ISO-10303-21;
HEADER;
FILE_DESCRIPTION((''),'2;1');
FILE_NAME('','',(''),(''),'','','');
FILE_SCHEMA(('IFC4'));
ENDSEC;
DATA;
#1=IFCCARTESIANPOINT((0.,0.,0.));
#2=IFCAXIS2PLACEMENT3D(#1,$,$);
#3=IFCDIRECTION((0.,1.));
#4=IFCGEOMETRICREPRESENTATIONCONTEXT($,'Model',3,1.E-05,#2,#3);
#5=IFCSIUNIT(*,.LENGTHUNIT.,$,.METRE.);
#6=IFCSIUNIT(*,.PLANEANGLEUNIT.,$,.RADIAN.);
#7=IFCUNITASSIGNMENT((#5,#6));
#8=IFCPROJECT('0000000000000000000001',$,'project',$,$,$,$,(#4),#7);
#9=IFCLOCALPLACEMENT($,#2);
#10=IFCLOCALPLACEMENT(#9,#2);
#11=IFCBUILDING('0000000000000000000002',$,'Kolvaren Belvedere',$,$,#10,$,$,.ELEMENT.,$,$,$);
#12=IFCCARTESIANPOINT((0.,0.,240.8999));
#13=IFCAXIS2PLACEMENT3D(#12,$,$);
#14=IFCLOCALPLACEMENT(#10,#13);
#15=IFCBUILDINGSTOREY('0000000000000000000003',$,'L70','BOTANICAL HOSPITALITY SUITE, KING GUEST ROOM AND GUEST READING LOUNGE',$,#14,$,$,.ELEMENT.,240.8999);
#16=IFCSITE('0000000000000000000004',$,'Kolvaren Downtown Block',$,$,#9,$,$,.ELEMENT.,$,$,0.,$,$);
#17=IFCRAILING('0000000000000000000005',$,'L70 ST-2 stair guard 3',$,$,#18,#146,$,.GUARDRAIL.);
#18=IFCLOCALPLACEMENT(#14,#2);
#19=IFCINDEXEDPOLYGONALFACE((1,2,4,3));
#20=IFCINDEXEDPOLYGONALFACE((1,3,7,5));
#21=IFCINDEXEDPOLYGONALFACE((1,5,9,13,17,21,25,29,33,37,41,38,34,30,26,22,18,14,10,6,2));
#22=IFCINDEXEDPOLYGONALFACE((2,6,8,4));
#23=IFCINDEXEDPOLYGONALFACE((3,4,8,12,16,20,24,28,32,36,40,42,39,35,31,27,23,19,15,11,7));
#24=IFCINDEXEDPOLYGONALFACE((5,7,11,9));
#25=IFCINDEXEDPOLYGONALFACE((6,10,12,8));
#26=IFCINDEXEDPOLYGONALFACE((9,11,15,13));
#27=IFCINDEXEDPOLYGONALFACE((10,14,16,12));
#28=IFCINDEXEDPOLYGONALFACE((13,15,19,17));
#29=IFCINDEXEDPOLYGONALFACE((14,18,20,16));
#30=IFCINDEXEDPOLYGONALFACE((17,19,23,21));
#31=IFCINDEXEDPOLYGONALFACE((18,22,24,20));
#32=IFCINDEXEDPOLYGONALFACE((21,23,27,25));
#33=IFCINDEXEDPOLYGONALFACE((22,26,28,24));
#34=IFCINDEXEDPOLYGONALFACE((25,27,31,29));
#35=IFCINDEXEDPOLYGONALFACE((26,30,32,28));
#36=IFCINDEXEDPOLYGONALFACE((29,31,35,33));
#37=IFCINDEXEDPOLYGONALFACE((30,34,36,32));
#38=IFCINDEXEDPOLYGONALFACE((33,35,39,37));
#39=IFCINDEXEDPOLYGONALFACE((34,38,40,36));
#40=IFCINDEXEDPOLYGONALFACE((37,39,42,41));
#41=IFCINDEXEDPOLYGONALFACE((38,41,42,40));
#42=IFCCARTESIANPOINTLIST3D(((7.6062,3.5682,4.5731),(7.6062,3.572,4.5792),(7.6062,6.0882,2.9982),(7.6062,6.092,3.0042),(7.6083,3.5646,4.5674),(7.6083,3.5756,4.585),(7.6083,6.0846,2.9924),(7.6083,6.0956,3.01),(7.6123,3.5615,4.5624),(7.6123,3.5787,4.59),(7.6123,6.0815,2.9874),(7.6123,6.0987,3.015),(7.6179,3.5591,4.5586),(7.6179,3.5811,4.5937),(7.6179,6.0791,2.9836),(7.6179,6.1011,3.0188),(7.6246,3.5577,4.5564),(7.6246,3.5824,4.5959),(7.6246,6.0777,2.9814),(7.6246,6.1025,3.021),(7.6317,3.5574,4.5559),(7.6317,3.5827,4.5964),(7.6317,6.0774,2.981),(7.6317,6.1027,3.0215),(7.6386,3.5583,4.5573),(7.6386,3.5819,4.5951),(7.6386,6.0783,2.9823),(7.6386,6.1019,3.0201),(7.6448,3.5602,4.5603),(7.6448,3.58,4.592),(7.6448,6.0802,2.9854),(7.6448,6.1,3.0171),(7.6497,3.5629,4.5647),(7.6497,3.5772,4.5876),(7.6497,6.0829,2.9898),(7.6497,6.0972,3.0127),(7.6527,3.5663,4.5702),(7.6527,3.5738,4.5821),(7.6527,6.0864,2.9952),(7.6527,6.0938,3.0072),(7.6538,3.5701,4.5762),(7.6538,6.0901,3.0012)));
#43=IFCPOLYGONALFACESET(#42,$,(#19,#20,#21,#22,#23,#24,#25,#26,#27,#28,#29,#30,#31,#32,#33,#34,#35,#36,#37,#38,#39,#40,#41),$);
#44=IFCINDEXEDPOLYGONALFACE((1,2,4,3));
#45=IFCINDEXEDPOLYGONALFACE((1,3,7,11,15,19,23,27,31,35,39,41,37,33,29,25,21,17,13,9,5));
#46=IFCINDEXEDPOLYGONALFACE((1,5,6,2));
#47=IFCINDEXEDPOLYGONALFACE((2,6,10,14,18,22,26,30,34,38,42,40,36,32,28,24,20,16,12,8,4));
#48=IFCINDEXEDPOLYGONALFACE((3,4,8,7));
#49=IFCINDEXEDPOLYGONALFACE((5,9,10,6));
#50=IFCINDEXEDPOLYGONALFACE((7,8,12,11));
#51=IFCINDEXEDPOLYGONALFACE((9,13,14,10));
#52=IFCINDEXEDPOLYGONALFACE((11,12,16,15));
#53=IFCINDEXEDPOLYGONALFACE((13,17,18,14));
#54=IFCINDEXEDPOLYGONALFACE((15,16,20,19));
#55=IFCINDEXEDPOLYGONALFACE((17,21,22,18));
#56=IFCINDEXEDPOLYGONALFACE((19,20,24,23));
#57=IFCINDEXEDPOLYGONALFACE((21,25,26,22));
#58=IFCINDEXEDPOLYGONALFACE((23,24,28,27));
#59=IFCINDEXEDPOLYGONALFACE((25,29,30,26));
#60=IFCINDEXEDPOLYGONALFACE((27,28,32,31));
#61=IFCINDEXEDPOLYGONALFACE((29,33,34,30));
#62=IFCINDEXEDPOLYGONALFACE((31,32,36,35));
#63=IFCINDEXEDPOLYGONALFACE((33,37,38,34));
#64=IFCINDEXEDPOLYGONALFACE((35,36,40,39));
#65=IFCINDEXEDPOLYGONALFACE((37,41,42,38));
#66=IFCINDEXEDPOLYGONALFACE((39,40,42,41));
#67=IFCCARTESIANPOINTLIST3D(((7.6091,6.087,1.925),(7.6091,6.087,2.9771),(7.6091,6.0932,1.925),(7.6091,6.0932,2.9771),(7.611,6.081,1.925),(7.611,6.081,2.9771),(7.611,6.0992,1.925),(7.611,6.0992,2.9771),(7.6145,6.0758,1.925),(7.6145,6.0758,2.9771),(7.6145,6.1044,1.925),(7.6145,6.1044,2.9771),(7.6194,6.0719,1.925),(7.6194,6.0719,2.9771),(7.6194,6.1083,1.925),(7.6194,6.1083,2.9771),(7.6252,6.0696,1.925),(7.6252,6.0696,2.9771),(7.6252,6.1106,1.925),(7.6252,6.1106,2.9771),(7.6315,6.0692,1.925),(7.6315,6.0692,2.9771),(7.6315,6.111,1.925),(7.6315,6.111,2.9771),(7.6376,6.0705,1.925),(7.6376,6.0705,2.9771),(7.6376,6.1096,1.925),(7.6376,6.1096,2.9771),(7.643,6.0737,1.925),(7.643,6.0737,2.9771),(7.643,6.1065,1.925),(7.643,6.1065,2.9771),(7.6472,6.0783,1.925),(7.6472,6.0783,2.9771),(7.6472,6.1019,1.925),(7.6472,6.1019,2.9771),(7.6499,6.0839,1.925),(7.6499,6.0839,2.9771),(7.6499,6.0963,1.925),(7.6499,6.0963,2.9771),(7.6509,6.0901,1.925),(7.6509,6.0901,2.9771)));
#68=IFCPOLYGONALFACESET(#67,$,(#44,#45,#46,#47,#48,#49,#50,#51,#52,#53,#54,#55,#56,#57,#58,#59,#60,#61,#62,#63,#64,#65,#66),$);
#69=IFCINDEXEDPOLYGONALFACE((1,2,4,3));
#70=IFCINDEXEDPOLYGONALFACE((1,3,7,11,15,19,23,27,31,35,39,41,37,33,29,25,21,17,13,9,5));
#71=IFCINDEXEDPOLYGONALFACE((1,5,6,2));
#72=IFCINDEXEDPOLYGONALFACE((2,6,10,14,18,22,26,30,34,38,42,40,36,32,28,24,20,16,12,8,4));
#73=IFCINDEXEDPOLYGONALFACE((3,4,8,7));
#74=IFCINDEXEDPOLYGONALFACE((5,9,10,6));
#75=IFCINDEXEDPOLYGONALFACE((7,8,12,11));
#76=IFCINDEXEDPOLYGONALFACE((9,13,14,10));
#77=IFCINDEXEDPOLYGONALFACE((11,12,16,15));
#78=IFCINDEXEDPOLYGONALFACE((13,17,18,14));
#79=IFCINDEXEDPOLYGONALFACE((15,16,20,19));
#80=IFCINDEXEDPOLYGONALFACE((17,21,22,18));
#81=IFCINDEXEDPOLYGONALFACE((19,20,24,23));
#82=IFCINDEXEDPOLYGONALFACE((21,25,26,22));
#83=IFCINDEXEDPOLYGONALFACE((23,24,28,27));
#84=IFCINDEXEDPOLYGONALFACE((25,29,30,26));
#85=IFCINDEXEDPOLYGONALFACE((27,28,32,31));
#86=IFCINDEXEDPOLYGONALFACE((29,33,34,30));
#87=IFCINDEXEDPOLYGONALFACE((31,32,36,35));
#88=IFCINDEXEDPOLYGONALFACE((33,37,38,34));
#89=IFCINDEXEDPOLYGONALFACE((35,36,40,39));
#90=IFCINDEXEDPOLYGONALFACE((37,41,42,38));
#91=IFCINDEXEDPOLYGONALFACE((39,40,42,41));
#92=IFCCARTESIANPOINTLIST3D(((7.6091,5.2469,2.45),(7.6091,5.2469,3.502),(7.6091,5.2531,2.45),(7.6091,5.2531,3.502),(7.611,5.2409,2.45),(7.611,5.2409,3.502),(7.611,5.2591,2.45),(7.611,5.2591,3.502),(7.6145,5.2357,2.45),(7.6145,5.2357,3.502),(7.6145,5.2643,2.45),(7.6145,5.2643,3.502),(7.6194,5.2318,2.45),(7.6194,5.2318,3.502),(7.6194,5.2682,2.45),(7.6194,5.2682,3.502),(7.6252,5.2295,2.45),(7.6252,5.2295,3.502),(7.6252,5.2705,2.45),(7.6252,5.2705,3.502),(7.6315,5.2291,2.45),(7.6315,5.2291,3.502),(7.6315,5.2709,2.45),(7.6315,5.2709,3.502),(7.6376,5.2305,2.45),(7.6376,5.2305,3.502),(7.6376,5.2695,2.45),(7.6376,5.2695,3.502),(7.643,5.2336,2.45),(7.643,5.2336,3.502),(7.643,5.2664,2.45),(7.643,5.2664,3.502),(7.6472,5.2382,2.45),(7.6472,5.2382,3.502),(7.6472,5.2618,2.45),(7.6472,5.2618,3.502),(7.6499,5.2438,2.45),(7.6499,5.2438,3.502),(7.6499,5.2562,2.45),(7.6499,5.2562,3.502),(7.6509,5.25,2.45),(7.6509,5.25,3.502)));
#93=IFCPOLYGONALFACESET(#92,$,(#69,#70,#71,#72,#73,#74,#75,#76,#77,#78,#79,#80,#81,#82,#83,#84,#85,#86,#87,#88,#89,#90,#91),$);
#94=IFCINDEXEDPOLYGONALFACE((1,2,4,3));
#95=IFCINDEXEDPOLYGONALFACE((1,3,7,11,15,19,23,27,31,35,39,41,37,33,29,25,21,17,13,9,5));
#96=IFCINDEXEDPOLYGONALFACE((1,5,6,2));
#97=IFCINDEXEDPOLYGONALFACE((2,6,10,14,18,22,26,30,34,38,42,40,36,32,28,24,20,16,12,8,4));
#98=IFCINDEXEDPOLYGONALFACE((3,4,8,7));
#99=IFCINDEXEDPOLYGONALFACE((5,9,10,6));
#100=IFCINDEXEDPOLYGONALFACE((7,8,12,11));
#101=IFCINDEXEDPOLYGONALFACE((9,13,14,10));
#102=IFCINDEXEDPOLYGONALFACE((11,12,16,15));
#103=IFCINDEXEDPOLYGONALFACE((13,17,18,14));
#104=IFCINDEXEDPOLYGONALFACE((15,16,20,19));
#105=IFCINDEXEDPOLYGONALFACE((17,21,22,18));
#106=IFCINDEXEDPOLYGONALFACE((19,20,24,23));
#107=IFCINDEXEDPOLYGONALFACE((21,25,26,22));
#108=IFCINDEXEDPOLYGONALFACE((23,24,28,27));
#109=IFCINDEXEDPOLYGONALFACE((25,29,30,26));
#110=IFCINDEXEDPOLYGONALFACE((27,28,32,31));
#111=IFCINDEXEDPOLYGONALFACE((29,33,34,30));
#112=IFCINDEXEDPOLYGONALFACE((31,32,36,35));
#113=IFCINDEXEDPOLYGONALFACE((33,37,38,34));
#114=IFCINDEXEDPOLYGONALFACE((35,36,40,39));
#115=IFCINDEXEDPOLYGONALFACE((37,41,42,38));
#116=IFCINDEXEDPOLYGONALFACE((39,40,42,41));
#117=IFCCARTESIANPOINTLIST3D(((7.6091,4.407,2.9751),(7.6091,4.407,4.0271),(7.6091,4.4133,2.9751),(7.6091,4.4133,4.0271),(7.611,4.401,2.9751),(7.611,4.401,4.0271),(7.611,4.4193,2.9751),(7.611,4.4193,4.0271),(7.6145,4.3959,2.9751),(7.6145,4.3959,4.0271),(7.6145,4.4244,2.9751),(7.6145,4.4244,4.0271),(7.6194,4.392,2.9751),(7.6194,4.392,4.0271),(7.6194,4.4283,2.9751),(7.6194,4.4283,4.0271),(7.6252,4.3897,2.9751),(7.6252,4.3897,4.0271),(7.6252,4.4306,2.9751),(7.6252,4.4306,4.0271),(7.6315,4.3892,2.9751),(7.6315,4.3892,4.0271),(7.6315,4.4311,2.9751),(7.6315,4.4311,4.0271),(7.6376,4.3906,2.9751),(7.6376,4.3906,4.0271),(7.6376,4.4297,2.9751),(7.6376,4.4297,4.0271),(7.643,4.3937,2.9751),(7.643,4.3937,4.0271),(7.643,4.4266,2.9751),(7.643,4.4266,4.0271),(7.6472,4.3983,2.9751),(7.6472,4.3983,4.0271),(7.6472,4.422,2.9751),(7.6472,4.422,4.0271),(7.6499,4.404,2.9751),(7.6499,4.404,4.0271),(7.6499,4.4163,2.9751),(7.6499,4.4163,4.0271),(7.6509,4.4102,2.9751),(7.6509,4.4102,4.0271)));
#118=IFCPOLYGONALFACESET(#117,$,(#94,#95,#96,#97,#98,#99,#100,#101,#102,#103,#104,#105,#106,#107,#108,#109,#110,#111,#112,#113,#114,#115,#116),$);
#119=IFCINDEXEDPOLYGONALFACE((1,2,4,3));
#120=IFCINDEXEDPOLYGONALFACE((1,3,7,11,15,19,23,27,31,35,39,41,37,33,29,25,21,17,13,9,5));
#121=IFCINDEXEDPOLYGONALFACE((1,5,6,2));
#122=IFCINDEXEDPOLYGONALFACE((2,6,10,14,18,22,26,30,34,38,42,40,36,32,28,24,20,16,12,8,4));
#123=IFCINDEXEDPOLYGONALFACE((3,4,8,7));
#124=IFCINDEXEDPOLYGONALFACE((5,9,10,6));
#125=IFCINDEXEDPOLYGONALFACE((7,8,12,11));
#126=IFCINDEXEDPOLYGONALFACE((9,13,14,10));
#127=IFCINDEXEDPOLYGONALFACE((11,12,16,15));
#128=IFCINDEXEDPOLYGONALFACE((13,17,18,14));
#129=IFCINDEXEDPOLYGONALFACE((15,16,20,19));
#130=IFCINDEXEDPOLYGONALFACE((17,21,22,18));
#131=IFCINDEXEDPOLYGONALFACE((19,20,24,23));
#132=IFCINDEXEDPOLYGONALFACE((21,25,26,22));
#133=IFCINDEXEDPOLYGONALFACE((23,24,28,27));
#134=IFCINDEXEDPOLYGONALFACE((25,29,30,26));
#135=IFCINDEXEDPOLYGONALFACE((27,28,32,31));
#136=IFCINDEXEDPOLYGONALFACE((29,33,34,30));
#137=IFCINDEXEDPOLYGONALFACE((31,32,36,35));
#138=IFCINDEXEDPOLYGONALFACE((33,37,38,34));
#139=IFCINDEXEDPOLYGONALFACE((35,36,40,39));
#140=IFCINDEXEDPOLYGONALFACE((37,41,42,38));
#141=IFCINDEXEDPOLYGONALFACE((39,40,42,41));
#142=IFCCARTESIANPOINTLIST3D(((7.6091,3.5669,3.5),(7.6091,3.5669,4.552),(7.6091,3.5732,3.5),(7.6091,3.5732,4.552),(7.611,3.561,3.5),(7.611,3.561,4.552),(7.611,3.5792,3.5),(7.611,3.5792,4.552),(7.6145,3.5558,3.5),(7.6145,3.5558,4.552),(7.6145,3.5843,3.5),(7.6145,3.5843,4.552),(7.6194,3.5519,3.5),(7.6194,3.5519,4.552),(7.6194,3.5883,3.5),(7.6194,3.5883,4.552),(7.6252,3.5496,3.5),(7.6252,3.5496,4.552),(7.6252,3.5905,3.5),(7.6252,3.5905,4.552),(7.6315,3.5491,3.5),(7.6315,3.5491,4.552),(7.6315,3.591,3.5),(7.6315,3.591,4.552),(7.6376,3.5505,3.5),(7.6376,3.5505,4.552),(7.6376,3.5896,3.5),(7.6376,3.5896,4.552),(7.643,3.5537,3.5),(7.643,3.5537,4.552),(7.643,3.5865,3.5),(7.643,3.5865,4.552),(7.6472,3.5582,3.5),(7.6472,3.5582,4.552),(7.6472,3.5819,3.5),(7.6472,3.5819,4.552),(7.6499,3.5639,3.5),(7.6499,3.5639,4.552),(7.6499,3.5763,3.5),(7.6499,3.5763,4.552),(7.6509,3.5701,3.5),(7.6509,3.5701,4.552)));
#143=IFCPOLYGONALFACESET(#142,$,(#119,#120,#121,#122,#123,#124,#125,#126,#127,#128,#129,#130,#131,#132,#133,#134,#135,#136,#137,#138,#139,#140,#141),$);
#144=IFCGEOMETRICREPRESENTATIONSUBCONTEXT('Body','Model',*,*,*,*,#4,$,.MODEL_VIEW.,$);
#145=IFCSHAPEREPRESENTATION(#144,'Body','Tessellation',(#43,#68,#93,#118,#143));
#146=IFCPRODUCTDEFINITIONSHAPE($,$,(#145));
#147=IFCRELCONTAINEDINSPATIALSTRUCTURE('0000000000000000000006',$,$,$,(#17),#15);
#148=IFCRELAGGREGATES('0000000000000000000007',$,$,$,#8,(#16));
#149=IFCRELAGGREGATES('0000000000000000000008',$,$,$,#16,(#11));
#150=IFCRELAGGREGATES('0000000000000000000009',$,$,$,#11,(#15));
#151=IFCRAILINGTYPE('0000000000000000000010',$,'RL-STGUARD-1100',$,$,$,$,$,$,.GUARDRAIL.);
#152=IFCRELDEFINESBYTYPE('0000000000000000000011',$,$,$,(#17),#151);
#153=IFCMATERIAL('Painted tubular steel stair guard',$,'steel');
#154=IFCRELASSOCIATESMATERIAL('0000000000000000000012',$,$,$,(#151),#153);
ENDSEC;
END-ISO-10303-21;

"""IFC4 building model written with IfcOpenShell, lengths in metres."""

from ifc_helpers import new_model, si_unit, direction, frame, origin, origin_2d, place, context, subcontext, project, spatial, circle, extrude, material, type_object, element, save


model = new_model("IFC4")

# Units and contexts
model_context = context("Model", 3, precision=1e-05, world=origin(), true_north=direction((0.0, 1.0)))
body_context = subcontext(model_context, "Body", "Model", "MODEL_VIEW")
ifc_project = project(units=[si_unit("LENGTHUNIT", "METRE"), si_unit("PLANEANGLEUNIT", "RADIAN")], contexts=[model_context])

# Site, building, storey
site_placement = place(None, origin())
site = spatial("IfcSite", under=ifc_project, at=site_placement, Name="Kolvaren Downtown Block", CompositionType="ELEMENT", RefElevation=0.0)
building_placement = place(site_placement, origin())
building = spatial("IfcBuilding", under=site, at=building_placement, Name="Kolvaren Belvedere", CompositionType="ELEMENT")
storey_placement = place(building_placement, frame((0.0, 0.0, 240.8999)))
storey = spatial("IfcBuildingStorey", under=building, at=storey_placement, Name="L70", Description="BOTANICAL HOSPITALITY SUITE, KING GUEST ROOM AND GUEST READING LOUNGE", CompositionType="ELEMENT", Elevation=240.8999)

# Railing
ifc_material_1 = material(Name="Painted tubular steel stair guard", Category="steel")
railing_type_1 = type_object("IfcRailingType", Name="RL-STGUARD-1100", PredefinedType="GUARDRAIL", material=ifc_material_1)
railing_1_placement = place(storey_placement, frame((7.6299, 6.0901, 1.925)))
element("IfcRailing", 1, at=railing_1_placement, inside=storey, type_object=railing_type_1, Name="L70 ST-2 stair guard 3", PredefinedType="GUARDRAIL", context=body_context, shape_type="SweptSolid", body=[
    extrude(circle(Radius=0.0239, at=origin_2d()), frame((0.0, 0.0, 1.0762), z_axis=(0.0, -0.848008, 0.529984), x_axis=(1.0, 0.0, 0.0)), (0.0, 0.0, 1.0), 2.9717),
    extrude(circle(Radius=0.021, at=origin_2d()), origin(), (0.0, 0.0, 1.0), 1.052),
    extrude(circle(Radius=0.021, at=origin_2d()), frame((0.0, -0.8401, 0.5249)), (0.0, 0.0, 1.0), 1.052),
    extrude(circle(Radius=0.021, at=origin_2d()), frame((0.0, -1.6799, 1.05)), (0.0, 0.0, 1.0), 1.052),
    extrude(circle(Radius=0.021, at=origin_2d()), frame((0.0, -2.52, 1.575)), (0.0, 0.0, 1.0), 1.052),
])

save(model, "model.ifc")
